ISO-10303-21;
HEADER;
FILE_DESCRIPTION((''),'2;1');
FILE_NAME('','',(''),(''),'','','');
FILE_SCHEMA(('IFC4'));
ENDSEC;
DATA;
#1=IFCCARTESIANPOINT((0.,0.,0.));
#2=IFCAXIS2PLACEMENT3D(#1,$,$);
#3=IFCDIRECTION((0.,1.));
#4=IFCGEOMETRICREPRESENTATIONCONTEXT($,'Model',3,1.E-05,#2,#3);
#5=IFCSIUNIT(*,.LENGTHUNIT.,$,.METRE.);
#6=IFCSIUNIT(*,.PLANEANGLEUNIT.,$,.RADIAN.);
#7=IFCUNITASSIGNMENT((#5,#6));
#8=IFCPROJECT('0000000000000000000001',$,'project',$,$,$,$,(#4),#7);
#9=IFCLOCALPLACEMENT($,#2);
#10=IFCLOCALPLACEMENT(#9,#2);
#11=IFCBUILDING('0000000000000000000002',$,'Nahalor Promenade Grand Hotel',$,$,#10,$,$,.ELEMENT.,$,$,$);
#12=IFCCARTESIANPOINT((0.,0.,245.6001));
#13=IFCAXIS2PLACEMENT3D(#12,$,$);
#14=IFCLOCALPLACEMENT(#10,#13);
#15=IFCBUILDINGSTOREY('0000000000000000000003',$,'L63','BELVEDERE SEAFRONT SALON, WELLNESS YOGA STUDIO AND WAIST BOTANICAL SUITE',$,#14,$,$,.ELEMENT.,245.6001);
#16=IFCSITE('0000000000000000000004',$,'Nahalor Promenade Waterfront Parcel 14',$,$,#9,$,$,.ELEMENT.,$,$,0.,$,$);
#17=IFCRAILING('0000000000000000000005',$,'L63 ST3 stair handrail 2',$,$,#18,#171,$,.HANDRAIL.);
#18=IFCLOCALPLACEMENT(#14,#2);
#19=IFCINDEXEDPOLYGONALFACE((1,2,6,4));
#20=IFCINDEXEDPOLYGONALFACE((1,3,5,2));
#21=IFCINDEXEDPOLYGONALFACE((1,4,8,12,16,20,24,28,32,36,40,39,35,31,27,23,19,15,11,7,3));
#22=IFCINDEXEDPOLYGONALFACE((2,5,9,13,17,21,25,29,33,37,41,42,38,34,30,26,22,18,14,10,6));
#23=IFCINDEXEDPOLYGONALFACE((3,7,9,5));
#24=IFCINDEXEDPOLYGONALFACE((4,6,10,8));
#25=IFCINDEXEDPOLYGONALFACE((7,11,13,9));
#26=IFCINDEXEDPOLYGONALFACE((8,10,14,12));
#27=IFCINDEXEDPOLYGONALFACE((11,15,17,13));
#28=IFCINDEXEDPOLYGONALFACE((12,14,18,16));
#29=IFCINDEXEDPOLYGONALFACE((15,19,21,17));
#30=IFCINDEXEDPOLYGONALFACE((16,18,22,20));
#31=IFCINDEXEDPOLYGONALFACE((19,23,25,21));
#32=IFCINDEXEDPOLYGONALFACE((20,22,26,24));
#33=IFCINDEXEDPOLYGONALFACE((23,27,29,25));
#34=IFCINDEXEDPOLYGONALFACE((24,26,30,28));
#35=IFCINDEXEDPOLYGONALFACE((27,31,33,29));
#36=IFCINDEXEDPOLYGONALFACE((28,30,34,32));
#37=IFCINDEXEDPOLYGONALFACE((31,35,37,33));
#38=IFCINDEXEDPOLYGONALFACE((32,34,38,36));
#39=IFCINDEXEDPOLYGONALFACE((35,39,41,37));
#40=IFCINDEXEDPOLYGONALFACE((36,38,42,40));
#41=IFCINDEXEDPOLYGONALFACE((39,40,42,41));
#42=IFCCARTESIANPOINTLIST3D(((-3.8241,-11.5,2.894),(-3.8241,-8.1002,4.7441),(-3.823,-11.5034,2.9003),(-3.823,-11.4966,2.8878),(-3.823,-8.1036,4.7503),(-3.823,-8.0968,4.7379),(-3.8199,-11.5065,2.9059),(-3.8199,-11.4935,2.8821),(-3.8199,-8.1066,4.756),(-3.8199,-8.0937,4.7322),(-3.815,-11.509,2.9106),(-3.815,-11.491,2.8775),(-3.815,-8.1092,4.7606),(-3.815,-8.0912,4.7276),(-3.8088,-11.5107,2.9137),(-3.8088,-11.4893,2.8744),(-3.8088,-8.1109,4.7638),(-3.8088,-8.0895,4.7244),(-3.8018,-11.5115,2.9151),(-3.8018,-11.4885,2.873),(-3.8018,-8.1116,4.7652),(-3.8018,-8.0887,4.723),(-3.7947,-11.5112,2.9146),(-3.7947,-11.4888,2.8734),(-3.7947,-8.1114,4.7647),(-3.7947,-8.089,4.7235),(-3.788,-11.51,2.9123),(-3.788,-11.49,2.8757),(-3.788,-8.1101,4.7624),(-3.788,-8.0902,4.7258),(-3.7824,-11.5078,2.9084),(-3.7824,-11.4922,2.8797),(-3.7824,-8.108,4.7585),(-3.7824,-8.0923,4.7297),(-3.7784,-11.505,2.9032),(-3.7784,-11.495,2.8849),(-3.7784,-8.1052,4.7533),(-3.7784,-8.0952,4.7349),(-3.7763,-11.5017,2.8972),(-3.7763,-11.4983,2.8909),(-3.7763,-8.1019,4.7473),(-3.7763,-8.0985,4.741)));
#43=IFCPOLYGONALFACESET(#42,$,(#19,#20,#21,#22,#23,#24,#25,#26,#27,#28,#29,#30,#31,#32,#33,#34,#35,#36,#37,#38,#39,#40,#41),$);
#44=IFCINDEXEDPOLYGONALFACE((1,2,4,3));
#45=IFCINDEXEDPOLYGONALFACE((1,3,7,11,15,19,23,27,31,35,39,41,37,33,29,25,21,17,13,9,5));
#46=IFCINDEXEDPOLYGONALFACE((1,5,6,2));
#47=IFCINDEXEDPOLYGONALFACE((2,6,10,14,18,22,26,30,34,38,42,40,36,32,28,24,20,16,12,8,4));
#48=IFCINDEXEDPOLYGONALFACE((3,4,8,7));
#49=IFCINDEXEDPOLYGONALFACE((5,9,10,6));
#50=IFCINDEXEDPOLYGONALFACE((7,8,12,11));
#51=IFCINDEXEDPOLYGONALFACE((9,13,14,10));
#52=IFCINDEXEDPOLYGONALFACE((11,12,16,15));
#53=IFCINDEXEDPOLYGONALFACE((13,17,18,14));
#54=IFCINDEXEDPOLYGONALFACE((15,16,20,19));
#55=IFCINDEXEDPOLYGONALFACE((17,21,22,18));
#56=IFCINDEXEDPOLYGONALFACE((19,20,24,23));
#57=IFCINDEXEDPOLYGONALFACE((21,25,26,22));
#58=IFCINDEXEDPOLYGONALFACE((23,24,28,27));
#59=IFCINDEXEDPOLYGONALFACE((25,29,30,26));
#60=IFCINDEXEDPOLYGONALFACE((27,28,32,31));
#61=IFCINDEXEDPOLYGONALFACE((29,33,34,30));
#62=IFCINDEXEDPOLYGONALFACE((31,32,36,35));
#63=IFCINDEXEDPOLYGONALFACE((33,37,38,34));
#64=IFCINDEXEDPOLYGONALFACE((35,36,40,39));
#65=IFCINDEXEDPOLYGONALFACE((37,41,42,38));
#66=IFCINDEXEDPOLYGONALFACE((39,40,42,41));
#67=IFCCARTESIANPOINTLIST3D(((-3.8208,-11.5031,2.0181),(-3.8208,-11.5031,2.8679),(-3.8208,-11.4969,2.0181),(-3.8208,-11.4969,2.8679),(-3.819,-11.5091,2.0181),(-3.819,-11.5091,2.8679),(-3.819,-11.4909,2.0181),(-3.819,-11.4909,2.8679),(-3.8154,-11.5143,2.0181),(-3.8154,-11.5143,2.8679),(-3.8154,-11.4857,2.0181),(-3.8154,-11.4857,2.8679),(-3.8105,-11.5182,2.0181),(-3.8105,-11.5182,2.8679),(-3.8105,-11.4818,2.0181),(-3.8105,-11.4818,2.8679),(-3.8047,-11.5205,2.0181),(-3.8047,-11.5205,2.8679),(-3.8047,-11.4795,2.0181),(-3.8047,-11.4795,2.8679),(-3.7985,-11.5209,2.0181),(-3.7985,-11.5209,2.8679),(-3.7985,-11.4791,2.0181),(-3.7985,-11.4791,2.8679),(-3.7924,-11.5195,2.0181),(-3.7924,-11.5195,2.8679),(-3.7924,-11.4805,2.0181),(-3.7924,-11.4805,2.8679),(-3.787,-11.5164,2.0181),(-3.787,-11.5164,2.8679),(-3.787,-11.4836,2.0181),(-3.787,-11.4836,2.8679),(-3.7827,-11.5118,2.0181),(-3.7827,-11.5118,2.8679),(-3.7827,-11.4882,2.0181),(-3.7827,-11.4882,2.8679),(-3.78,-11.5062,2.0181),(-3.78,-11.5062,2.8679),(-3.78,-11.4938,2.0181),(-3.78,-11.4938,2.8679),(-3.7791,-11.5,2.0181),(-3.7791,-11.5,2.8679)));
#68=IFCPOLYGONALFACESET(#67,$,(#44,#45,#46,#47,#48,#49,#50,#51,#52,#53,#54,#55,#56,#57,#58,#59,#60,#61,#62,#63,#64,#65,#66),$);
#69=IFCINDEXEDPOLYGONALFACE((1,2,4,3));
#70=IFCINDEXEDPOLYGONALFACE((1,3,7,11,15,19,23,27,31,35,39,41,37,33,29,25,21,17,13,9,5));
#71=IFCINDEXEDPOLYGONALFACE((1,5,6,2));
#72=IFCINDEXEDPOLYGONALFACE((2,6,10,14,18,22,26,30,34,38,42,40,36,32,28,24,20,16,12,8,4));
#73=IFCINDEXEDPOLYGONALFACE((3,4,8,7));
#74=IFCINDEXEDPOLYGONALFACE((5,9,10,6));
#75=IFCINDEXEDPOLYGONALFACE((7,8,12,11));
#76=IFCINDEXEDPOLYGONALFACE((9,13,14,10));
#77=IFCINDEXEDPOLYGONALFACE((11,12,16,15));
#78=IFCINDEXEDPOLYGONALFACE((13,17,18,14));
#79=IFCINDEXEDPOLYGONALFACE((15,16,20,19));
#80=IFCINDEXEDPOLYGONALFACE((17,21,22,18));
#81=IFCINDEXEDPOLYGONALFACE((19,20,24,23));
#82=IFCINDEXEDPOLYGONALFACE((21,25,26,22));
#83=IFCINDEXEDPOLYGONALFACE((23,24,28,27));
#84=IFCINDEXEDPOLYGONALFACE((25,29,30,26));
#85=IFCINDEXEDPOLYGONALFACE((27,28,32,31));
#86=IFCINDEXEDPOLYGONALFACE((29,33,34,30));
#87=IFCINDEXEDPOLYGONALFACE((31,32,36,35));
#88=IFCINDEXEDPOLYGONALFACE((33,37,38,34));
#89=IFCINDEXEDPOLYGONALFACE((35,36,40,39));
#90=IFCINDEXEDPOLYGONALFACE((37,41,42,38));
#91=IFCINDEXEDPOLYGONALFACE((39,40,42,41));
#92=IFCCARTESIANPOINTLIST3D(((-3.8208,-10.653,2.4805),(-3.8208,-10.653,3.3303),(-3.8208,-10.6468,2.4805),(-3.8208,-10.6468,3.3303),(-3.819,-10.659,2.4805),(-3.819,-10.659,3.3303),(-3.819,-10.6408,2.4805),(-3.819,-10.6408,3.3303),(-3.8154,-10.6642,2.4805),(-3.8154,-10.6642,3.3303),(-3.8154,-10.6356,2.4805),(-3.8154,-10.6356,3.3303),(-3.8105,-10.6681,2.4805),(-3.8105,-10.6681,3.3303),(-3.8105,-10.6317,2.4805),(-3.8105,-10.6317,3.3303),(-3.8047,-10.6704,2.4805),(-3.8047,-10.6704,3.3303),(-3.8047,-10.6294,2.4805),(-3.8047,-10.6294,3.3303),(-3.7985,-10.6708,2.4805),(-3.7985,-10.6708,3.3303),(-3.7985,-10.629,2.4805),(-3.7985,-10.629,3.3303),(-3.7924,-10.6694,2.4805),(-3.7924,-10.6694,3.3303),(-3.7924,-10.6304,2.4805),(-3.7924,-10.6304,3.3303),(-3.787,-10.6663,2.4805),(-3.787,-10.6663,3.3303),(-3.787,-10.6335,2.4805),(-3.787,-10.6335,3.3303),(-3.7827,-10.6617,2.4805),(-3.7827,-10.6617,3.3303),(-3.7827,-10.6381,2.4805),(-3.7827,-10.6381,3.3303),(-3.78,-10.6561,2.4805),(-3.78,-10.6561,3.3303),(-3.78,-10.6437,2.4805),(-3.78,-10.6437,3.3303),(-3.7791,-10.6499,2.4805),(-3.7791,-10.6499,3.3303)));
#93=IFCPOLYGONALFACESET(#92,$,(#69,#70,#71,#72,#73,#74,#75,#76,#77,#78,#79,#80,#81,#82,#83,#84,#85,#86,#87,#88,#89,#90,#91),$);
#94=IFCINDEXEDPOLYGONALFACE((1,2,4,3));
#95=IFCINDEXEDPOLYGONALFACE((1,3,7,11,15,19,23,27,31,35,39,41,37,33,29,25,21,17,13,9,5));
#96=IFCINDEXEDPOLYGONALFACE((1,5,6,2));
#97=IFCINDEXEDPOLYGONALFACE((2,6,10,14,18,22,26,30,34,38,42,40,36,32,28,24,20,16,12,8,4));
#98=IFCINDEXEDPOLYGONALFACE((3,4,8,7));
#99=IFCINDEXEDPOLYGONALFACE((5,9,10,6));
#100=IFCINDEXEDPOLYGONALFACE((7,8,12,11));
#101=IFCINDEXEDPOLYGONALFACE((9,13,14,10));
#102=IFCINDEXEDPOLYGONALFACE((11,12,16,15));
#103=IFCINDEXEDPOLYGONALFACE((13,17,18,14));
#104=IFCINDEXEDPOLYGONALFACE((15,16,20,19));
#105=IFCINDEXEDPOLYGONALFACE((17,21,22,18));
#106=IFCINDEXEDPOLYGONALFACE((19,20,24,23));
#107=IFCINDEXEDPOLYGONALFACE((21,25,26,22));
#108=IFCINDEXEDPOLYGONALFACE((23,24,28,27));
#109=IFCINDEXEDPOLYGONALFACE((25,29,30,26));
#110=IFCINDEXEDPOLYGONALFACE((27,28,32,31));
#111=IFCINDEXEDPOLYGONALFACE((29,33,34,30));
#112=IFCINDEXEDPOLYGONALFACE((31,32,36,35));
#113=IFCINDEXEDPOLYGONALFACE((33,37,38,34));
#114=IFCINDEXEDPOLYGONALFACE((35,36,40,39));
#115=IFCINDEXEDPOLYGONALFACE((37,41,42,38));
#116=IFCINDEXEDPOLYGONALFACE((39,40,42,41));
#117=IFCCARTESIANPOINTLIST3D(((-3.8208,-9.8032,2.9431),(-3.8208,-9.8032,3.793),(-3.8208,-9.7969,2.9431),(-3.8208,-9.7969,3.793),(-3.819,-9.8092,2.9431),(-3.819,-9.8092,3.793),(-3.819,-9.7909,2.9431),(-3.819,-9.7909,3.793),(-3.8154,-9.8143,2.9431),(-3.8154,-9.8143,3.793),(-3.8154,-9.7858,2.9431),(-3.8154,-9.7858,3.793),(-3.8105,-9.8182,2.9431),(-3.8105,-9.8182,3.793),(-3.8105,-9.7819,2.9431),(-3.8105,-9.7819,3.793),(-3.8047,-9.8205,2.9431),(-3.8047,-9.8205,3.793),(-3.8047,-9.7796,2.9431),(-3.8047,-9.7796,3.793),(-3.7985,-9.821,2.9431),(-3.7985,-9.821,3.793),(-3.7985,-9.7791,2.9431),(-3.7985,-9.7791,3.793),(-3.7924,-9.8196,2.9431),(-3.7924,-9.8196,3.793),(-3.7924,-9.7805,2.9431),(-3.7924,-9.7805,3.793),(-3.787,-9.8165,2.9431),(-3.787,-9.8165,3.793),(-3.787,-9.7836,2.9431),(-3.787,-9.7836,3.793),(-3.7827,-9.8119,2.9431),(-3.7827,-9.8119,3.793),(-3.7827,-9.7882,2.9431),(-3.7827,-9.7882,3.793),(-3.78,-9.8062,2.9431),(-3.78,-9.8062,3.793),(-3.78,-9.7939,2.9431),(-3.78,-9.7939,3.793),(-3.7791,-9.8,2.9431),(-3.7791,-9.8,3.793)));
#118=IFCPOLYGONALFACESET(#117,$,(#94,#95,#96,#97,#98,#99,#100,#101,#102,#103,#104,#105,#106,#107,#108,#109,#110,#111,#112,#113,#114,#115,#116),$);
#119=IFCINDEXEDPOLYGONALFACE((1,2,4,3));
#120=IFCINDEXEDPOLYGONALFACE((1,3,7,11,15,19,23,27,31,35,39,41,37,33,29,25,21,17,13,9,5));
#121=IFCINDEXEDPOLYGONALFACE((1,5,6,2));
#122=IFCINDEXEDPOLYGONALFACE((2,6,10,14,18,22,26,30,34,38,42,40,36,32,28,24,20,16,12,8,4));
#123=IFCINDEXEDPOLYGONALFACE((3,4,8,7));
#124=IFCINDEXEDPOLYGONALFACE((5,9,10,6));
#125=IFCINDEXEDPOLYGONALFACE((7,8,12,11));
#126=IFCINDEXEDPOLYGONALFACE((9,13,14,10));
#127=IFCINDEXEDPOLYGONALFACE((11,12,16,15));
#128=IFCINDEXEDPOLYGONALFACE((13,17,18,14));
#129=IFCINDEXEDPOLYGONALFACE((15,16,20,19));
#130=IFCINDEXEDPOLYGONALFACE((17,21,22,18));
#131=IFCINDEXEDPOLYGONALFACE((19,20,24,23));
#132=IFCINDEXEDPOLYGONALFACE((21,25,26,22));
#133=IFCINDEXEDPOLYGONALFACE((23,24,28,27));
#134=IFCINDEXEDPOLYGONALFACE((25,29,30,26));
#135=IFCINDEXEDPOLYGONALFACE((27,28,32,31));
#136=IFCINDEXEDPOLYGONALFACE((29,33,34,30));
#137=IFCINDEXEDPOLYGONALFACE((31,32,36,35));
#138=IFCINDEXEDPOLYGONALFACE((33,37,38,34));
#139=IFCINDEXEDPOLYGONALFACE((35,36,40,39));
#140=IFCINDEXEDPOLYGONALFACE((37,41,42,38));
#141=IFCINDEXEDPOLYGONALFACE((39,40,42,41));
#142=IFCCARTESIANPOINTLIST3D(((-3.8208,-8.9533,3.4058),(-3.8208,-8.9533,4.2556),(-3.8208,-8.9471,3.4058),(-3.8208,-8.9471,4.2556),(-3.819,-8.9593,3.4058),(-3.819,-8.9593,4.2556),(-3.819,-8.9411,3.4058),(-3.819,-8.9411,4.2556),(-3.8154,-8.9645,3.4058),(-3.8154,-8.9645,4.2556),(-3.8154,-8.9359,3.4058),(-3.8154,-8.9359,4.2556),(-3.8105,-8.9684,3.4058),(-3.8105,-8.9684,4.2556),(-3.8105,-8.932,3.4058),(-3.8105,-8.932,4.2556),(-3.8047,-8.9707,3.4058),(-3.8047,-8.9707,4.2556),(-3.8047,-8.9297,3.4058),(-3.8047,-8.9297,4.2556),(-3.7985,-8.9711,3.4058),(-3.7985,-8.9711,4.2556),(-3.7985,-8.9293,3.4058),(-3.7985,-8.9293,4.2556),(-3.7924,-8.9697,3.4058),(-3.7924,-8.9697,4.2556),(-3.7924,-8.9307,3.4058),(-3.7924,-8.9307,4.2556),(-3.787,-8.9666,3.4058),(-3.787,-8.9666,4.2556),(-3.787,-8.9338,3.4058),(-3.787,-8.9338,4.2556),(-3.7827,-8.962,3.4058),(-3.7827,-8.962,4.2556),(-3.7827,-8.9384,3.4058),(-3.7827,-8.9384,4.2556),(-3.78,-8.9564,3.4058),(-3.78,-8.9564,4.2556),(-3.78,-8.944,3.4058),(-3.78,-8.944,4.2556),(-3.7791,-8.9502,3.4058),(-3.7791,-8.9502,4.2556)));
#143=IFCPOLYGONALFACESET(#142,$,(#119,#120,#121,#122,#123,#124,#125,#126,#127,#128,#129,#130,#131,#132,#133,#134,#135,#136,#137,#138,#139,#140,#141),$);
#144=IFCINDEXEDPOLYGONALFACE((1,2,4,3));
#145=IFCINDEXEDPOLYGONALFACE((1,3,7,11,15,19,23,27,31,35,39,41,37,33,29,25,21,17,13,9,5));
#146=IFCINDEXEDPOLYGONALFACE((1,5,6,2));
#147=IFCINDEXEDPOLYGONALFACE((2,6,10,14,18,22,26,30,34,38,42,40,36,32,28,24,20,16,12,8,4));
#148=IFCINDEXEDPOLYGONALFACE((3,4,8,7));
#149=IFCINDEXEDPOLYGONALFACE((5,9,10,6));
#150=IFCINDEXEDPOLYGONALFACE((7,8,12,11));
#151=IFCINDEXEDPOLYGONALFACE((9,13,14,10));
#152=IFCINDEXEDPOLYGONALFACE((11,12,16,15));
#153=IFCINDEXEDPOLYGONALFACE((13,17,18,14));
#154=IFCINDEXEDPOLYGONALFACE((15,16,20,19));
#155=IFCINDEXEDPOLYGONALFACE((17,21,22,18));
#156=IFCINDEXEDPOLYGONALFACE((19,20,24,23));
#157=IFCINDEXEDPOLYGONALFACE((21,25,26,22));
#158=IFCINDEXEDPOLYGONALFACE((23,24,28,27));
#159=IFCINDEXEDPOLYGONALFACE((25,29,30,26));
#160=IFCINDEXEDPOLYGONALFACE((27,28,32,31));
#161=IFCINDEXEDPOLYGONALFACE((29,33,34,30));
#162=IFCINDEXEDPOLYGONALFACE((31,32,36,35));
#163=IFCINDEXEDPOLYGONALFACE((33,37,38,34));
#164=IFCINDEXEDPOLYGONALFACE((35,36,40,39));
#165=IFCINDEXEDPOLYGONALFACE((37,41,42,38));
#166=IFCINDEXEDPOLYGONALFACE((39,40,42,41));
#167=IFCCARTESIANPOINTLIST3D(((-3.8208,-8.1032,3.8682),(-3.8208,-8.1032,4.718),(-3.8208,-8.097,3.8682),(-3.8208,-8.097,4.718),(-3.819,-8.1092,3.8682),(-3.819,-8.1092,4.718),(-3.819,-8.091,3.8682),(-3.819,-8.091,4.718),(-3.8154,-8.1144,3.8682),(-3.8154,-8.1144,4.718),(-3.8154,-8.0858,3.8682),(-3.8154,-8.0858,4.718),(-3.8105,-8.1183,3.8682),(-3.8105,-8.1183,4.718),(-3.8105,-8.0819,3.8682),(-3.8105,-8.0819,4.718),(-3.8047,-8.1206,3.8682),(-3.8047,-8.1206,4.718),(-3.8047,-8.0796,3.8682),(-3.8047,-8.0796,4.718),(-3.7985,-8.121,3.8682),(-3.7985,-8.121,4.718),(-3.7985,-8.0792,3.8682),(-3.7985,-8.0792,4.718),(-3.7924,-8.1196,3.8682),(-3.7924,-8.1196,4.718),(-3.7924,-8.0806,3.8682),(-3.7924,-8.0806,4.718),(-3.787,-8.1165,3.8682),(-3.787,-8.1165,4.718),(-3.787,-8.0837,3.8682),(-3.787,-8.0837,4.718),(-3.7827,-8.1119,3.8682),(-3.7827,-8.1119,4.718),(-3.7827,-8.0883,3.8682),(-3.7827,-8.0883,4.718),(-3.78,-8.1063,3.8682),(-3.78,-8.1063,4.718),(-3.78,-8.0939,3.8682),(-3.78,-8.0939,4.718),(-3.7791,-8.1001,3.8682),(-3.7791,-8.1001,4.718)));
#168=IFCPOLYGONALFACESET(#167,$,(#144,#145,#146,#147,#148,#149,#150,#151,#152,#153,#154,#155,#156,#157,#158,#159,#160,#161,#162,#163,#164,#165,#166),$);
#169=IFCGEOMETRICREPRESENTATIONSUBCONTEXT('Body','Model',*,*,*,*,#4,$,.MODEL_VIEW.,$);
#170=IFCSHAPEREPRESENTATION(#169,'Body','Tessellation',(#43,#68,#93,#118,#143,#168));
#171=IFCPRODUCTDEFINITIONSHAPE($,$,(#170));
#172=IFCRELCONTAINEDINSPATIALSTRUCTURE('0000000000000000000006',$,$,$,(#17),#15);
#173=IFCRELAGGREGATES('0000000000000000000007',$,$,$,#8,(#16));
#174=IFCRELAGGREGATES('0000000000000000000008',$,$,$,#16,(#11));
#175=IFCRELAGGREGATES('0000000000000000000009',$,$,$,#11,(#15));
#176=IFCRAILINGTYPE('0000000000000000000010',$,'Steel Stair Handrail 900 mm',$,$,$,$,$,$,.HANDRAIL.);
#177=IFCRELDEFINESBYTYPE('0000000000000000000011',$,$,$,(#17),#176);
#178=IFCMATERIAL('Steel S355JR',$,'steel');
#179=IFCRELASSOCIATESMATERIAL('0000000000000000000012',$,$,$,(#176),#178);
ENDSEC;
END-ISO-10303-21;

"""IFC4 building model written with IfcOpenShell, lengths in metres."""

from ifc_helpers import new_model, si_unit, direction, frame, origin, origin_2d, place, context, subcontext, project, spatial, circle, extrude, material, type_object, element, save


model = new_model("IFC4")

# Units and contexts
model_context = context("Model", 3, precision=1e-05, world=origin(), true_north=direction((0.0, 1.0)))
body_context = subcontext(model_context, "Body", "Model", "MODEL_VIEW")
ifc_project = project(units=[si_unit("LENGTHUNIT", "METRE"), si_unit("PLANEANGLEUNIT", "RADIAN")], contexts=[model_context])

# Site, building, storey
site_placement = place(None, origin())
site = spatial("IfcSite", under=ifc_project, at=site_placement, Name="Nahalor Promenade Waterfront Parcel 14", CompositionType="ELEMENT", RefElevation=0.0)
building_placement = place(site_placement, origin())
building = spatial("IfcBuilding", under=site, at=building_placement, Name="Nahalor Promenade Grand Hotel", CompositionType="ELEMENT")
storey_placement = place(building_placement, frame((0.0, 0.0, 245.6001)))
storey = spatial("IfcBuildingStorey", under=building, at=storey_placement, Name="L63", Description="BELVEDERE SEAFRONT SALON, WELLNESS YOGA STUDIO AND WAIST BOTANICAL SUITE", CompositionType="ELEMENT", Elevation=245.6001)

# Shared definitions
ifc_material_1 = material(Name="Steel S355JR", Category="steel")

# Railing
railing_type_1 = type_object("IfcRailingType", Name="Steel Stair Handrail 900 mm", PredefinedType="HANDRAIL", material=ifc_material_1)
railing_1_placement = place(storey_placement, frame((-3.8, -11.5, 2.0181)))
element("IfcRailing", 1, at=railing_1_placement, inside=storey, type_object=railing_type_1, Name="L63 ST3 stair handrail 2", PredefinedType="HANDRAIL", context=body_context, shape_type="SweptSolid", body=[
    extrude(circle(Radius=0.024, at=origin_2d()), frame((0.0, 0.0, 0.876), z_axis=(0.0, 0.878372, 0.477977), x_axis=(-1.0, 0.0, 0.0)), (0.0, 0.0, 1.0), 3.8706),
    extrude(circle(Radius=0.021, at=origin_2d()), origin(), (0.0, 0.0, 1.0), 0.8499),
    extrude(circle(Radius=0.021, at=origin_2d()), frame((0.0, 0.8501, 0.4624)), (0.0, 0.0, 1.0), 0.8499),
    extrude(circle(Radius=0.021, at=origin_2d()), frame((0.0, 1.7, 0.925)), (0.0, 0.0, 1.0), 0.8499),
    extrude(circle(Radius=0.021, at=origin_2d()), frame((0.0, 2.5498, 1.3877)), (0.0, 0.0, 1.0), 0.8499),
    extrude(circle(Radius=0.021, at=origin_2d()), frame((0.0, 3.3999, 1.8501)), (0.0, 0.0, 1.0), 0.8499),
])

save(model, "model.ifc")
